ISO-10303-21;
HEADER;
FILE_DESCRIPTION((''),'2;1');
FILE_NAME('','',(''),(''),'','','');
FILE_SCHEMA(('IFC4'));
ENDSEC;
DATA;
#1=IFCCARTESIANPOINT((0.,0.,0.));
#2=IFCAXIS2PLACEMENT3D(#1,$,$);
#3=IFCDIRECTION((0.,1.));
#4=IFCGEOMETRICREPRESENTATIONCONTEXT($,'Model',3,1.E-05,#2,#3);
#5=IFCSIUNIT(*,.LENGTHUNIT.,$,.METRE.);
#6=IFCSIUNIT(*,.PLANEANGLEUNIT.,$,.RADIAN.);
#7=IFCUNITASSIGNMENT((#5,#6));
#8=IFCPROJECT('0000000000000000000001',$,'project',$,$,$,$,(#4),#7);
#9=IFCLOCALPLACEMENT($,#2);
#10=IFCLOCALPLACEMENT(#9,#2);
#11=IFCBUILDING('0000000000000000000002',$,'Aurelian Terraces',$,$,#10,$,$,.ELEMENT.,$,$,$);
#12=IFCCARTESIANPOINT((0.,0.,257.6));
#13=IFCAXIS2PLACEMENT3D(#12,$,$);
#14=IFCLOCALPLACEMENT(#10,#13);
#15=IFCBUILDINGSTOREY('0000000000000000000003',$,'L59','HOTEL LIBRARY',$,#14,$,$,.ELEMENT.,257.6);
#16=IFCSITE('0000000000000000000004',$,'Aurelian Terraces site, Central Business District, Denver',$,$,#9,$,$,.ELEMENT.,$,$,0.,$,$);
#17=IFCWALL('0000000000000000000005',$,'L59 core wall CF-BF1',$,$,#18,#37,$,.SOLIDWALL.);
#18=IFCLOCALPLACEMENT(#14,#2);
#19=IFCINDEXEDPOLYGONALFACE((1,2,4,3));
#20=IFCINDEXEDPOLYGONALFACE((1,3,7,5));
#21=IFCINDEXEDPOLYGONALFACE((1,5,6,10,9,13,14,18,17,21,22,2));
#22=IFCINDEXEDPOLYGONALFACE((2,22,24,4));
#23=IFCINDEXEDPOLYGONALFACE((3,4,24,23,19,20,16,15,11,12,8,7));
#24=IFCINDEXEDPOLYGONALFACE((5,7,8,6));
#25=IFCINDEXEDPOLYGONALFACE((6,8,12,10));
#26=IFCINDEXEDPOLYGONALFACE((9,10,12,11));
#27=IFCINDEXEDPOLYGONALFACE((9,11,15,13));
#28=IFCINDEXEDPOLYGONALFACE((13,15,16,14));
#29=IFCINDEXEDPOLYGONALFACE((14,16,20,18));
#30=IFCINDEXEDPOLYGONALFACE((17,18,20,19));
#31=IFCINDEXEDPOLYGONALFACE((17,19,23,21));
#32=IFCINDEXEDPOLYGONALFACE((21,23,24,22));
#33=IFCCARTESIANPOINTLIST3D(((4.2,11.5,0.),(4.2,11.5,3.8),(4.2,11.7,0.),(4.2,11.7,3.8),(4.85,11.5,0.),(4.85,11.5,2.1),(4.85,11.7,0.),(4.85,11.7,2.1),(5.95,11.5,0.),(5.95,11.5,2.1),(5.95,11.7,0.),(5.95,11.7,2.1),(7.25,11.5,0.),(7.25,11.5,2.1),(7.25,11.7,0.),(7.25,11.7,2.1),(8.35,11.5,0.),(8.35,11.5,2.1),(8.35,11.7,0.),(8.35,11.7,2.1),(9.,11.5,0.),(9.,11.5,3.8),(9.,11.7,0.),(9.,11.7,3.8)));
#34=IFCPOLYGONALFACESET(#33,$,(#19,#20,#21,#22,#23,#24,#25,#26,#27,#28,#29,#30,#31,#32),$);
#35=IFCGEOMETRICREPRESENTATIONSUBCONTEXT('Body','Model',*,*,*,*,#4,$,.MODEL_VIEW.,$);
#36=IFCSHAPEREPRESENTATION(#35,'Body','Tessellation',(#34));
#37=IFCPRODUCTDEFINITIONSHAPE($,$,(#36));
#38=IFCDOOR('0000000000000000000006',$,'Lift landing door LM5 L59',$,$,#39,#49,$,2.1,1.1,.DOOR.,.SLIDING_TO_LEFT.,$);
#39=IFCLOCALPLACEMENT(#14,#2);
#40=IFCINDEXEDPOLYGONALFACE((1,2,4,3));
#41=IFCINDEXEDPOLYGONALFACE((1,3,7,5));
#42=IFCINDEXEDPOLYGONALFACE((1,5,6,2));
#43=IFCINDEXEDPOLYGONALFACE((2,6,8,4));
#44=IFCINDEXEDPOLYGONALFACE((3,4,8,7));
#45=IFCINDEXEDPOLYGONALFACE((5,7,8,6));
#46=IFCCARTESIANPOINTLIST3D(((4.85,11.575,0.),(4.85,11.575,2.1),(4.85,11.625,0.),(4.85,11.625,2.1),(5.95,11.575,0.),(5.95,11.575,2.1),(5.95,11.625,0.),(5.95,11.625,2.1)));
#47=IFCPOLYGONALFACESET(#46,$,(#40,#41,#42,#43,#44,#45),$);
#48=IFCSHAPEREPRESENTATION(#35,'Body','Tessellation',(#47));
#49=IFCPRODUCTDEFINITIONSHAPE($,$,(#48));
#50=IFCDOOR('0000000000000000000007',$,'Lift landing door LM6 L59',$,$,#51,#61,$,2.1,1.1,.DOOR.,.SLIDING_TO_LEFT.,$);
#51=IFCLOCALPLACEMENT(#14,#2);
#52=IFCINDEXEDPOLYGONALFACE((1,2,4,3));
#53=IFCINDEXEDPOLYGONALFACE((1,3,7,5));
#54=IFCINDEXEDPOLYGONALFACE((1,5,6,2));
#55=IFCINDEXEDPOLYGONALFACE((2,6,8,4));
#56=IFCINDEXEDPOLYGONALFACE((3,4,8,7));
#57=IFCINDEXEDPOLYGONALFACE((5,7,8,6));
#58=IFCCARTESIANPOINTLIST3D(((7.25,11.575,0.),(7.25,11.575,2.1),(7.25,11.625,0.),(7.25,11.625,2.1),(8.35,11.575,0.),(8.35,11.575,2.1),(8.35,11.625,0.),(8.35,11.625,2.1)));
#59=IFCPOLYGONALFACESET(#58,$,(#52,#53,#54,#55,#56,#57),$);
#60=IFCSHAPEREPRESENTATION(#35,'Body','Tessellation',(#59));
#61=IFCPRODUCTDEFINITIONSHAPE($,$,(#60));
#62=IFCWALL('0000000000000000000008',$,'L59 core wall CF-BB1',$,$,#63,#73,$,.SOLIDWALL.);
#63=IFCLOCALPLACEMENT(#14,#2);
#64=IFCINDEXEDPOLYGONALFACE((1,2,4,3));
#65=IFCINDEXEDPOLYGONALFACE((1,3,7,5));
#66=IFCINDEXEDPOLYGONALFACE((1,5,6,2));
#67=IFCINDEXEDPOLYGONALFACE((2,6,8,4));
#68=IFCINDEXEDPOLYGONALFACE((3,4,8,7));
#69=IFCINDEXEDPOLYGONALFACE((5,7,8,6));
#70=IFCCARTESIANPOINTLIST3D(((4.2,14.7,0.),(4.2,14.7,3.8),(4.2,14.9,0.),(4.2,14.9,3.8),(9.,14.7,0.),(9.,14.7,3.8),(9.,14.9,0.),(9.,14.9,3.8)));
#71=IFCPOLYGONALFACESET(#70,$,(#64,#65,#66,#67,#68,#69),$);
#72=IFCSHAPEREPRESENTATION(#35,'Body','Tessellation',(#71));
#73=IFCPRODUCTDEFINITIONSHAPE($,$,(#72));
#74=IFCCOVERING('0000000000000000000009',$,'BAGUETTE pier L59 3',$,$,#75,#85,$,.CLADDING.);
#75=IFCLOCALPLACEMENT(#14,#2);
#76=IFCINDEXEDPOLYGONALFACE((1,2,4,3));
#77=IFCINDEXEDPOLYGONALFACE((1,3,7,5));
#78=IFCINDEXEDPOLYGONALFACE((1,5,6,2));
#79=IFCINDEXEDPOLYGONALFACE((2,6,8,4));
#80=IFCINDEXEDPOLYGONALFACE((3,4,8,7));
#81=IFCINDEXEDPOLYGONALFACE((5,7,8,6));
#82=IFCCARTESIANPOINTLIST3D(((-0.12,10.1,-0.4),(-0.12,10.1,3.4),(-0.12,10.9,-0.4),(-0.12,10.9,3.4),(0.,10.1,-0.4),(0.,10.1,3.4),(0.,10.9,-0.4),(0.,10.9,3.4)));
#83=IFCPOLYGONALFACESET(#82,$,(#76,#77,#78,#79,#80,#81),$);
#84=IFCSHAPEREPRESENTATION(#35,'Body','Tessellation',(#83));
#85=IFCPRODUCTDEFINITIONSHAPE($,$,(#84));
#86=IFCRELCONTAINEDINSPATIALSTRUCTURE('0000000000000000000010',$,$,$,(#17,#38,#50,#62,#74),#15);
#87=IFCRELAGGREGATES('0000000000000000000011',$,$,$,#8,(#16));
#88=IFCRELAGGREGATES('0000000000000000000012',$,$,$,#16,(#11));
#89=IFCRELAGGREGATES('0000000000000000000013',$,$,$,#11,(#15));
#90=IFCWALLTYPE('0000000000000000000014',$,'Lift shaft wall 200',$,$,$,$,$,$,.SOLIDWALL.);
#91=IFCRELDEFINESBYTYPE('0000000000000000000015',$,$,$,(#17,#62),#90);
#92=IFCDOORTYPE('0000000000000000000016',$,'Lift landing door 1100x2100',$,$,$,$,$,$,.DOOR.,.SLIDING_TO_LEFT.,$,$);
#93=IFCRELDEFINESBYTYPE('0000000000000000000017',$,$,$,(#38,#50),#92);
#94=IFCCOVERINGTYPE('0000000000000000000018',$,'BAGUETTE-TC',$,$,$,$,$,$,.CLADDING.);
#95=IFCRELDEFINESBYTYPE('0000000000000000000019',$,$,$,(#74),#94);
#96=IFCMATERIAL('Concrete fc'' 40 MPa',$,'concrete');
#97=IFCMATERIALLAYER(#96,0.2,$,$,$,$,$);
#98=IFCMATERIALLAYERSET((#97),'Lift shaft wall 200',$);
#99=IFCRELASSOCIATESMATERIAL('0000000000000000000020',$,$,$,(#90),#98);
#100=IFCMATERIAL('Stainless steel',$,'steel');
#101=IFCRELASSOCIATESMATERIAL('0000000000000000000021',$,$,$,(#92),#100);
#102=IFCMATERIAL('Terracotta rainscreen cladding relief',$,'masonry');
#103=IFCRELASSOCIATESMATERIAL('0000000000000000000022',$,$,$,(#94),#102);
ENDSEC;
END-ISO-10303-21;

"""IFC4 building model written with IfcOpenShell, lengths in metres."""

from ifc_helpers import new_model, si_unit, direction, frame, frame_2d, origin, origin_2d, place, context, subcontext, project, spatial, rectangle, extrude, source, transform, mapped, material, layer, layer_set, type_object, element, fill, save


model = new_model("IFC4")

# Units and contexts
model_context = context("Model", 3, precision=1e-05, world=origin(), true_north=direction((0.0, 1.0)))
body_context = subcontext(model_context, "Body", "Model", "MODEL_VIEW")
ifc_project = project(units=[si_unit("LENGTHUNIT", "METRE"), si_unit("PLANEANGLEUNIT", "RADIAN")], contexts=[model_context])

# Site, building, storey
site_placement = place(None, origin())
site = spatial("IfcSite", under=ifc_project, at=site_placement, Name="Aurelian Terraces site, Central Business District, Denver", CompositionType="ELEMENT", RefElevation=0.0)
building_placement = place(site_placement, origin())
building = spatial("IfcBuilding", under=site, at=building_placement, Name="Aurelian Terraces", CompositionType="ELEMENT")
storey_placement = place(building_placement, frame((0.0, 0.0, 257.6)))
storey = spatial("IfcBuildingStorey", under=building, at=storey_placement, Name="L59", Description="HOTEL LIBRARY", CompositionType="ELEMENT", Elevation=257.6)

# Shared definitions
ifc_material_1 = material(Name="Concrete fc' 40 MPa", Category="concrete")
ifc_layer_1 = layer(ifc_material_1, 0.2)
ifc_layer_set_1 = layer_set([ifc_layer_1], Name="Lift shaft wall 200")
wall_type_1 = type_object("IfcWallType", Name="Lift shaft wall 200", PredefinedType="SOLIDWALL", material=ifc_layer_set_1)

# Wall, openings, doors
shared_shape_1 = source(origin(), body_context, "Body", "SweptSolid", [
    extrude(rectangle(XDim=1.1, YDim=2.1, at=frame_2d((0.55, 1.05))), frame((0.0, 0.11, 0.0), z_axis=(0.0, -1.0, 0.0), x_axis=(1.0, 0.0, 0.0)), (0.0, 0.0, 1.0), 0.22),
])
ifc_material_2 = material(Name="Stainless steel", Category="steel")
door_type = type_object("IfcDoorType", Name="Lift landing door 1100x2100", OperationType="SLIDING_TO_LEFT", PredefinedType="DOOR", material=ifc_material_2)
shared_shape_2 = source(origin(), body_context, "Body", "SweptSolid", [
    extrude(rectangle(XDim=1.1, YDim=2.1, at=frame_2d((0.55, 1.05))), frame((0.0, 0.025, 0.0), z_axis=(0.0, -1.0, 0.0), x_axis=(1.0, 0.0, 0.0)), (0.0, 0.0, 1.0), 0.05),
])
shared_shape_3 = source(origin(), body_context, "Body", "SweptSolid", [
    extrude(rectangle(XDim=4.8, YDim=0.2, at=frame_2d((2.4, 0.0))), origin(), (0.0, 0.0, 1.0), 3.8),
])
wall_1_placement = place(storey_placement, frame((4.2, 11.6, 0.0), z_axis=(0.0, 0.0, 1.0), x_axis=(1.0, 0.0, 0.0)))
wall_1 = element("IfcWall", 1, at=wall_1_placement, inside=storey, type_object=wall_type_1, Name="L59 core wall CF-BF1", PredefinedType="SOLIDWALL", context=body_context, shape_type="MappedRepresentation", body=[
    mapped(shared_shape_3, transform((0.0, 0.0, 0.0), scale=1.0)),
])
opening_1_placement = place(wall_1_placement, frame((0.65, 0.0, 0.0)))
opening_1 = element("IfcOpeningElement", 2, at=opening_1_placement, cuts=wall_1, PredefinedType="OPENING", context=body_context, shape_type="MappedRepresentation", body=[
    mapped(shared_shape_1, transform((0.0, 0.0, 0.0), scale=1.0)),
])
opening_2_placement = place(wall_1_placement, frame((3.05, 0.0, 0.0)))
opening_2 = element("IfcOpeningElement", 3, at=opening_2_placement, cuts=wall_1, PredefinedType="OPENING", context=body_context, shape_type="MappedRepresentation", body=[
    mapped(shared_shape_1, transform((0.0, 0.0, 0.0), scale=1.0)),
])
door_1_placement = place(opening_1_placement, origin())
door_1 = element("IfcDoor", 4, at=door_1_placement, inside=storey, type_object=door_type, Name="Lift landing door LM5 L59", OperationType="SLIDING_TO_LEFT", OverallHeight=2.1, OverallWidth=1.1, PredefinedType="DOOR", context=body_context, shape_type="MappedRepresentation", body=[
    mapped(shared_shape_2, transform((0.0, 0.0, 0.0), scale=1.0)),
])
fill(opening_1, door_1)
door_2_placement = place(opening_2_placement, origin())
door_2 = element("IfcDoor", 5, at=door_2_placement, inside=storey, type_object=door_type, Name="Lift landing door LM6 L59", OperationType="SLIDING_TO_LEFT", OverallHeight=2.1, OverallWidth=1.1, PredefinedType="DOOR", context=body_context, shape_type="MappedRepresentation", body=[
    mapped(shared_shape_2, transform((0.0, 0.0, 0.0), scale=1.0)),
])
fill(opening_2, door_2)

# Wall
wall_2_placement = place(storey_placement, frame((4.2, 14.8, 0.0), z_axis=(0.0, 0.0, 1.0), x_axis=(1.0, 0.0, 0.0)))
element("IfcWall", 6, at=wall_2_placement, inside=storey, type_object=wall_type_1, Name="L59 core wall CF-BB1", PredefinedType="SOLIDWALL", context=body_context, shape_type="MappedRepresentation", body=[
    mapped(shared_shape_3, transform((0.0, 0.0, 0.0), scale=1.0)),
])

# Covering
ifc_material_3 = material(Name="Terracotta rainscreen cladding relief", Category="masonry")
covering_type = type_object("IfcCoveringType", Name="BAGUETTE-TC", PredefinedType="CLADDING", material=ifc_material_3)
shared_shape_4 = source(origin(), body_context, "Body", "SweptSolid", [
    extrude(rectangle(XDim=0.12, YDim=0.8, at=origin_2d()), origin(), (0.0, 0.0, 1.0), 3.8),
])
covering_placement = place(storey_placement, frame((-0.06, 10.5, -0.4), z_axis=(0.0, 0.0, 1.0), x_axis=(1.0, 0.0, 0.0)))
element("IfcCovering", 7, at=covering_placement, inside=storey, type_object=covering_type, Name="BAGUETTE pier L59 3", PredefinedType="CLADDING", context=body_context, shape_type="MappedRepresentation", body=[
    mapped(shared_shape_4, transform((0.0, 0.0, 0.0), scale=1.0)),
])

save(model, "model.ifc")
